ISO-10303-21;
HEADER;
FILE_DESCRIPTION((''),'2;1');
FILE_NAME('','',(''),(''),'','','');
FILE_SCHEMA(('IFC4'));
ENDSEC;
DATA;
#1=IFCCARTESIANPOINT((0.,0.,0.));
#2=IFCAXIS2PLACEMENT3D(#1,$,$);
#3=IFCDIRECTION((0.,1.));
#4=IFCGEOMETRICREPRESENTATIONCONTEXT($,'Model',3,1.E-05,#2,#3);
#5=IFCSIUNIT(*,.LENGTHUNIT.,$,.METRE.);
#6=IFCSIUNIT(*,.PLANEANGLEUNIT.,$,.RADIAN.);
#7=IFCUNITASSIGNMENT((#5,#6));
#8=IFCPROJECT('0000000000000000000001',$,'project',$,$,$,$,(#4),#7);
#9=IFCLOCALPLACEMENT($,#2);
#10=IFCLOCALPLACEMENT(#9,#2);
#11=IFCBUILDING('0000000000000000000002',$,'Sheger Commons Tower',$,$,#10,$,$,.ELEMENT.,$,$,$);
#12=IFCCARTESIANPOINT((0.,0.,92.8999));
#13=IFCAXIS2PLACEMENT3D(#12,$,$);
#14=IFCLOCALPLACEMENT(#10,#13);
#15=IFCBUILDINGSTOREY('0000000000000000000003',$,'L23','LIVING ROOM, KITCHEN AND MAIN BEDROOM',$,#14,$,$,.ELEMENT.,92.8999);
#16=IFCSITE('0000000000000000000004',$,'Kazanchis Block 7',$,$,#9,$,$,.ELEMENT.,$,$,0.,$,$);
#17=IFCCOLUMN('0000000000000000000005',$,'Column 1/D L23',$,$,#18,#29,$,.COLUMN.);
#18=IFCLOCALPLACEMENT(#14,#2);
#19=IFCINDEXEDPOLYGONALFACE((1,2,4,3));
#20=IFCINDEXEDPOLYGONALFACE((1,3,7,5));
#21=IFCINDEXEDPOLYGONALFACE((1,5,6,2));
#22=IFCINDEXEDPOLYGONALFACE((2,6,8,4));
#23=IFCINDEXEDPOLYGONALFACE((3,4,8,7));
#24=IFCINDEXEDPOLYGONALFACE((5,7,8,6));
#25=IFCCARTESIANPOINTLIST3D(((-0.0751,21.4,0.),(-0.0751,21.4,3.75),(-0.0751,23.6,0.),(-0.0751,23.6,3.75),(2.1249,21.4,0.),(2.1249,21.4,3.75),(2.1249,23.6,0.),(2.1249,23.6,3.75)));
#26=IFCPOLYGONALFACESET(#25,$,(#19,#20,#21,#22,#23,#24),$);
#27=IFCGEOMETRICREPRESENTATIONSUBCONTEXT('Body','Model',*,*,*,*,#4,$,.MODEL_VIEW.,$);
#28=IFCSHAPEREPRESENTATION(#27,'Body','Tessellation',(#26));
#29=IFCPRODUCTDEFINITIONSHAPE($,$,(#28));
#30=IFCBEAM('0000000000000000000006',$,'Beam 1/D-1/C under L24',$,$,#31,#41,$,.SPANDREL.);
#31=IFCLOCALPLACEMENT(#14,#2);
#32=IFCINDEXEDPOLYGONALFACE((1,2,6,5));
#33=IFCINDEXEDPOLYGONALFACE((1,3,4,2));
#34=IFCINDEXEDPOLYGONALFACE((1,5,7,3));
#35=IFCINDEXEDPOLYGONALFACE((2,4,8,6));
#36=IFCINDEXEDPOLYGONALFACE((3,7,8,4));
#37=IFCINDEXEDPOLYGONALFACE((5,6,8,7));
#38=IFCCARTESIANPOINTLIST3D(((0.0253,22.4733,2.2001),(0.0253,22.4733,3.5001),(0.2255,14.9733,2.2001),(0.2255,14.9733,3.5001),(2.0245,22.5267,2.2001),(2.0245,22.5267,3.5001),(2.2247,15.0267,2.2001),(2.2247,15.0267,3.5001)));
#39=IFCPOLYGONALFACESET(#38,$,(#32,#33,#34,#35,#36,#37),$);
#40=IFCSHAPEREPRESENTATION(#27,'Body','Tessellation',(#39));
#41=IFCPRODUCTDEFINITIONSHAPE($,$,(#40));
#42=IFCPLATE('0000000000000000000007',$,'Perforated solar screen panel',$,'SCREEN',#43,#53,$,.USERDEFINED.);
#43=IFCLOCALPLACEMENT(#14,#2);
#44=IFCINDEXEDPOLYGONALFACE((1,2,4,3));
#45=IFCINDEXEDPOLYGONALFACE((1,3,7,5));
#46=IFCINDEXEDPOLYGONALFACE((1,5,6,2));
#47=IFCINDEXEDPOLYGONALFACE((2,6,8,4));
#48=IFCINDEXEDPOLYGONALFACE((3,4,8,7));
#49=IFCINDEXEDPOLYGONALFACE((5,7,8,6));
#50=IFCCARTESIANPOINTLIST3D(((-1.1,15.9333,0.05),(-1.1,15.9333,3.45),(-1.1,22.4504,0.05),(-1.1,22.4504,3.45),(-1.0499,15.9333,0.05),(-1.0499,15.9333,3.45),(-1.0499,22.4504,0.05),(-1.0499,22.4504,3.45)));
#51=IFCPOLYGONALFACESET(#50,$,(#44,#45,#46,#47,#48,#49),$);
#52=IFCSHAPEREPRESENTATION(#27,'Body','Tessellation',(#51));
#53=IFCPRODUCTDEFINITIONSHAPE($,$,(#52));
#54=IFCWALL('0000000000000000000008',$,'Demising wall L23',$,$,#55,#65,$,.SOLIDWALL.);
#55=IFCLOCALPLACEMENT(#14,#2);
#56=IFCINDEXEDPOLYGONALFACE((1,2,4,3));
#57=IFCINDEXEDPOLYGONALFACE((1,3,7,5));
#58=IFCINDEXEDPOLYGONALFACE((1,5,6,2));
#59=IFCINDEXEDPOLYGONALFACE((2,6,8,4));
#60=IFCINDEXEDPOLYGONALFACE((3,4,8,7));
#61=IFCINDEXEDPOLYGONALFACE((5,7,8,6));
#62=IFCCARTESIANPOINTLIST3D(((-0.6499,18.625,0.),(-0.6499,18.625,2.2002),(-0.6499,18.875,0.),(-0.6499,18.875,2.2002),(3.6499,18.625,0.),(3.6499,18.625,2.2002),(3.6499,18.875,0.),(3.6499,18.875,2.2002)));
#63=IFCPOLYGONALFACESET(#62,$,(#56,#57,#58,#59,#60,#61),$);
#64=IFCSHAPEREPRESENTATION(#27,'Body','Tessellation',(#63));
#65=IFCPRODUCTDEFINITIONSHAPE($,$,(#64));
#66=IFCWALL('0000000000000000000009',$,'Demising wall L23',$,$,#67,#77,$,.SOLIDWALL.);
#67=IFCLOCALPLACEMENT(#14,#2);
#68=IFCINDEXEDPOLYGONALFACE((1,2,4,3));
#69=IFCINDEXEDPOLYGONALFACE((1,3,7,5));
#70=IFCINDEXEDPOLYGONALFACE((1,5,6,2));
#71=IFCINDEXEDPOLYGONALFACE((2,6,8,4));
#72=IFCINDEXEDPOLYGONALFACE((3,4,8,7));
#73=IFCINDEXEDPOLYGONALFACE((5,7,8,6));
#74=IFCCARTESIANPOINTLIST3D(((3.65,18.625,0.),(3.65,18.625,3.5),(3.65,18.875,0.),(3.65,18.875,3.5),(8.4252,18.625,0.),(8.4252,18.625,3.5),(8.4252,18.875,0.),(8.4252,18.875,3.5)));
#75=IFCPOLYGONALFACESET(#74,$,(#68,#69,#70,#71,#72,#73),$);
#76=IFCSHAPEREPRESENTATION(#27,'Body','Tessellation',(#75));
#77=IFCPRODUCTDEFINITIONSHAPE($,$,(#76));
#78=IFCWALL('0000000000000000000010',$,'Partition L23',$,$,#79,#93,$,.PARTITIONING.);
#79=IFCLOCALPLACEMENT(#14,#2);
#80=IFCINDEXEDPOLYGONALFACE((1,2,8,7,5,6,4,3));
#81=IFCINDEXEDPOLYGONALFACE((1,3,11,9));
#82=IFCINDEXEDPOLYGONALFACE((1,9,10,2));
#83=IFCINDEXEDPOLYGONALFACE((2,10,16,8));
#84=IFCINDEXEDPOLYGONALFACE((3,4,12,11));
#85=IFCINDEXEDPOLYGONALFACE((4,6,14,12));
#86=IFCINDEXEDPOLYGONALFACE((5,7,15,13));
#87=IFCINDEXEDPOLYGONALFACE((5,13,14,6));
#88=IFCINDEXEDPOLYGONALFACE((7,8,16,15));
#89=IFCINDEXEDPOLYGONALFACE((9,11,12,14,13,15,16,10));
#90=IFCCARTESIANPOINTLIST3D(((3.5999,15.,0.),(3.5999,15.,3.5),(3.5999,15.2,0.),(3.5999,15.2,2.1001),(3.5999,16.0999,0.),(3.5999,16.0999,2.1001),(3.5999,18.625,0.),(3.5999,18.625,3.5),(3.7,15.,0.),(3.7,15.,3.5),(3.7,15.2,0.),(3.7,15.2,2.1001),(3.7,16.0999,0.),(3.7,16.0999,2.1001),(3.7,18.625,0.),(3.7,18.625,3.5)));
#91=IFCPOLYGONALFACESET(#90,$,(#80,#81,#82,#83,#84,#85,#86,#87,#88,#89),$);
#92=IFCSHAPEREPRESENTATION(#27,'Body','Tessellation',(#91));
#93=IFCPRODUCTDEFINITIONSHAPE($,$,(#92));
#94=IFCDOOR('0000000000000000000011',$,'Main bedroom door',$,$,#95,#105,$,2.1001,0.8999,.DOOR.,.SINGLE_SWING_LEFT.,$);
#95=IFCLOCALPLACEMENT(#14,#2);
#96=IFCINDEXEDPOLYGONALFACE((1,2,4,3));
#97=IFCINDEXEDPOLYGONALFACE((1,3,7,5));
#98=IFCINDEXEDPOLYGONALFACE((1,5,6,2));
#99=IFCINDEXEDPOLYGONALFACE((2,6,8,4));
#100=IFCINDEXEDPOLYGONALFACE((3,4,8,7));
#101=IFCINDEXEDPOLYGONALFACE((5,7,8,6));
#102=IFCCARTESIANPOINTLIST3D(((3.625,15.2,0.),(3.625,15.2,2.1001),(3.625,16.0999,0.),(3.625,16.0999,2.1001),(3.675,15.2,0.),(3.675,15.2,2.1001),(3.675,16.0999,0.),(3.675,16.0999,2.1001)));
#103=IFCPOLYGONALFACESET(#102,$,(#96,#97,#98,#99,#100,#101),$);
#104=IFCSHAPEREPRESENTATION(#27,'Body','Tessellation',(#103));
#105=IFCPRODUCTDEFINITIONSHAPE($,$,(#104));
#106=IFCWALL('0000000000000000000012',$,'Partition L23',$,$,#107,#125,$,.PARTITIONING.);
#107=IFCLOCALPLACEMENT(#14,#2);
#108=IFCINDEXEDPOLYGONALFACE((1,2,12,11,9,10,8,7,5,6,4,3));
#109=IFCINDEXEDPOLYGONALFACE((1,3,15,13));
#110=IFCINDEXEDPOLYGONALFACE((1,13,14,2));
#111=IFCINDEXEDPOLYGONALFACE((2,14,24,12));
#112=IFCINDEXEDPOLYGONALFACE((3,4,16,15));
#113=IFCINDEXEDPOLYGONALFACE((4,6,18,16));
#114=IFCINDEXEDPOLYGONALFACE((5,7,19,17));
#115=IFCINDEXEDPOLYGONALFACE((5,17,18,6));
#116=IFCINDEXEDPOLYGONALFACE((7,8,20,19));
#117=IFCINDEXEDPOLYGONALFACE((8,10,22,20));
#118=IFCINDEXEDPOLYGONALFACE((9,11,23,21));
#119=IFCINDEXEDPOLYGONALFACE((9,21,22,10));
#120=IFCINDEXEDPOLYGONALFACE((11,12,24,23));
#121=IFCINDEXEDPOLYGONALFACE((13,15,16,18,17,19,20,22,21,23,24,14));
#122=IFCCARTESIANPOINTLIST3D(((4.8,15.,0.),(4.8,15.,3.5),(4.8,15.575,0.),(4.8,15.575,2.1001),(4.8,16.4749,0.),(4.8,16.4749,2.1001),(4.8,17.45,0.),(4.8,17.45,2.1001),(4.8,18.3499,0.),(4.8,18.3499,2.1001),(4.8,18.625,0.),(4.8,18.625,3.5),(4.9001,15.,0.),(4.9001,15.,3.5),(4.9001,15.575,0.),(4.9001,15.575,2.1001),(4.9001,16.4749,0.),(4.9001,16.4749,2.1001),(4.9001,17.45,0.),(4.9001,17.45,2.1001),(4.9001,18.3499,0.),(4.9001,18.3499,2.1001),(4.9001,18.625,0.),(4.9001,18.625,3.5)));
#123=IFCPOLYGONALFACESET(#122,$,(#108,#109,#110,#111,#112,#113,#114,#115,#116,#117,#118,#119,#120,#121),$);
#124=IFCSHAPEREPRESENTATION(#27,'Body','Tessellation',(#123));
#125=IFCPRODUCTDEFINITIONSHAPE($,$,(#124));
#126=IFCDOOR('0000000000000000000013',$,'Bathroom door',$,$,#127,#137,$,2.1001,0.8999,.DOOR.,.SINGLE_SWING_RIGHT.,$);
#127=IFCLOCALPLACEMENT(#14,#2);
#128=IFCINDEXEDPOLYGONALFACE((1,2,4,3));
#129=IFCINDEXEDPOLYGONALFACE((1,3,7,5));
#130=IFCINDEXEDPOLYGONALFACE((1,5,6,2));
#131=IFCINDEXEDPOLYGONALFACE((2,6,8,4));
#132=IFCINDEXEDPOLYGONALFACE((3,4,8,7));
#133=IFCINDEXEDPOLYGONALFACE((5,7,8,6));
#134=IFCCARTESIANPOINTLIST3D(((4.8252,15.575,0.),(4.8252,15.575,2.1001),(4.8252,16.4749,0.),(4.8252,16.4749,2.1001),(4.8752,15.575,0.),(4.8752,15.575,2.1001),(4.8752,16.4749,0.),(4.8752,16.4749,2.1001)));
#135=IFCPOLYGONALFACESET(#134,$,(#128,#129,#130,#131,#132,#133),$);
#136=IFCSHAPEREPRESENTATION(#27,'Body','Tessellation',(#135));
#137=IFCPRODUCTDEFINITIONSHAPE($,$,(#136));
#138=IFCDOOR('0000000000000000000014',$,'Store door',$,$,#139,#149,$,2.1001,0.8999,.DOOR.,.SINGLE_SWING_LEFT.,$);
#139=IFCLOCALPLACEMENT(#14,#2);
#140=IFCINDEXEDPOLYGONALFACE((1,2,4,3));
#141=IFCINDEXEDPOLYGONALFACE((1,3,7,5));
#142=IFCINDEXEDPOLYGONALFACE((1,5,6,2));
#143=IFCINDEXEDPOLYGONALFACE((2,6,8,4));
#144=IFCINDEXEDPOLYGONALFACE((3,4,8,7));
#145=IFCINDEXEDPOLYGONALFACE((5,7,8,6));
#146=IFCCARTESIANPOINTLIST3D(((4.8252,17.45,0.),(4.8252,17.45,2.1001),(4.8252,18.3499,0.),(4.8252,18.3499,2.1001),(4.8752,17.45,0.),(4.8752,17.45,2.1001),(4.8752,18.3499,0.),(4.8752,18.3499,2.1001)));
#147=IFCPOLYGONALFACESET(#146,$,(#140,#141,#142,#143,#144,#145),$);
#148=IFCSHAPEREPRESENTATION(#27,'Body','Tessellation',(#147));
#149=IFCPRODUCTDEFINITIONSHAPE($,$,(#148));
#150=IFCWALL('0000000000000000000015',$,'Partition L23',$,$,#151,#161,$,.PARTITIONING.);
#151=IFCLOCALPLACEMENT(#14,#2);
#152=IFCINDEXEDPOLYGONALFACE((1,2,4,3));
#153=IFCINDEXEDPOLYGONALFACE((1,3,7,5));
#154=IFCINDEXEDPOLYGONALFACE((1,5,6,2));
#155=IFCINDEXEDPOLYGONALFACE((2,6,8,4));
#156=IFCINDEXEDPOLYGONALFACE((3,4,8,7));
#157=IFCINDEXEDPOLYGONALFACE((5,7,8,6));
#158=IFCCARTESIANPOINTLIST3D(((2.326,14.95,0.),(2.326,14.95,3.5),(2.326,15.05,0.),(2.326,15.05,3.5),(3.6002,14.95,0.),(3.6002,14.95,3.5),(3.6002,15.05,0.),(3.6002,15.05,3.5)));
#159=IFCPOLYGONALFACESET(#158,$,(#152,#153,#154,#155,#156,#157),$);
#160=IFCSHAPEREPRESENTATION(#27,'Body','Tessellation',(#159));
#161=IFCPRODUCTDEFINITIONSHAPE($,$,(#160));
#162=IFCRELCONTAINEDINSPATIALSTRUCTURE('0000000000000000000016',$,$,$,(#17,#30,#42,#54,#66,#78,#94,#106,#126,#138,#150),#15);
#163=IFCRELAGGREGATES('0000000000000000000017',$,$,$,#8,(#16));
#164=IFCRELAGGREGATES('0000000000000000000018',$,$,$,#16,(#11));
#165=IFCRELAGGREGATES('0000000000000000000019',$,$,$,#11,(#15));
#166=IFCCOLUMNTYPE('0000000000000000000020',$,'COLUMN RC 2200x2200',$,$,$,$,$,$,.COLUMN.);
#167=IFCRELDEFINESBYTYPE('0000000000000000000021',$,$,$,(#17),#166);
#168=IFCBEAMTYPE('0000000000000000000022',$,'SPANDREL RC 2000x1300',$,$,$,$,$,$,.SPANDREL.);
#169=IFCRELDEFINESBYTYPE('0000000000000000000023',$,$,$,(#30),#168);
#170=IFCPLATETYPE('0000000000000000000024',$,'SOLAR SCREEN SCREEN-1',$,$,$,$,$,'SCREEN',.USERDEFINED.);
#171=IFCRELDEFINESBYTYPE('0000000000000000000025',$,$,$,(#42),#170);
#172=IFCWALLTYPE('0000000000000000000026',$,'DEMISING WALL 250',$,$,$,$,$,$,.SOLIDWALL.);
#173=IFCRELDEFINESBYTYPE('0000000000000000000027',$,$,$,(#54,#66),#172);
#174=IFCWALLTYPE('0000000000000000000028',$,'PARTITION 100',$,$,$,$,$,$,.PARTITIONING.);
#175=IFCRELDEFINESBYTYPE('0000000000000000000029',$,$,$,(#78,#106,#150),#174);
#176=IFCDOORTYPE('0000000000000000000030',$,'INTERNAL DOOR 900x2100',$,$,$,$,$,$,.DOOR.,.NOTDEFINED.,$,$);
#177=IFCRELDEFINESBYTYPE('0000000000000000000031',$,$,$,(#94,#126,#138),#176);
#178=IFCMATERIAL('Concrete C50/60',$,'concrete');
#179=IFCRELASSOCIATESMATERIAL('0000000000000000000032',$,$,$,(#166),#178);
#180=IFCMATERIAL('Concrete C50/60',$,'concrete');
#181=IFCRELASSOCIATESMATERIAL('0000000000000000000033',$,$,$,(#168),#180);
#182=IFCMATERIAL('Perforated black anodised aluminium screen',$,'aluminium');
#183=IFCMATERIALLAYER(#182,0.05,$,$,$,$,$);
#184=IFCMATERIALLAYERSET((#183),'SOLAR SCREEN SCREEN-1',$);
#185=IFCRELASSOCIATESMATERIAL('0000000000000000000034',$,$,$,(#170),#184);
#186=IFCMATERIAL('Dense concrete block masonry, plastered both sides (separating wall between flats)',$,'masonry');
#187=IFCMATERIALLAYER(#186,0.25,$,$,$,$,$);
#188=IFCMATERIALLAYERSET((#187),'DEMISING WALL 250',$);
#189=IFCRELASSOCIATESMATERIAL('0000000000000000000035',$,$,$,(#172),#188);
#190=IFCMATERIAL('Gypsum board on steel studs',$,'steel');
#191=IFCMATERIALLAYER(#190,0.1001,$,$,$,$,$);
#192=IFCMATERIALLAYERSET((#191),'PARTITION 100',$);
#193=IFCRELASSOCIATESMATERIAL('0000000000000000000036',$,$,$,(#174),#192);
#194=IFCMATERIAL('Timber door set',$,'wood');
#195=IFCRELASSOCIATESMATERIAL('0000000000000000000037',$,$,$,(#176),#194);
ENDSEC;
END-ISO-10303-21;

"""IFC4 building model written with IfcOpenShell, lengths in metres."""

from ifc_helpers import new_model, si_unit, direction, frame, frame_2d, origin, origin_2d, place, context, subcontext, project, spatial, rectangle, extrude, material, layer, layer_set, material_profile, profile_set, type_object, element, fill, save


model = new_model("IFC4")

# Units and contexts
model_context = context("Model", 3, precision=1e-05, world=origin(), true_north=direction((0.0, 1.0)))
body_context = subcontext(model_context, "Body", "Model", "MODEL_VIEW")
ifc_project = project(units=[si_unit("LENGTHUNIT", "METRE"), si_unit("PLANEANGLEUNIT", "RADIAN")], contexts=[model_context])

# Site, building, storey
site_placement = place(None, origin())
site = spatial("IfcSite", under=ifc_project, at=site_placement, Name="Kazanchis Block 7", CompositionType="ELEMENT", RefElevation=0.0)
building_placement = place(site_placement, origin())
building = spatial("IfcBuilding", under=site, at=building_placement, Name="Sheger Commons Tower", CompositionType="ELEMENT")
storey_placement = place(building_placement, frame((0.0, 0.0, 92.8999)))
storey = spatial("IfcBuildingStorey", under=building, at=storey_placement, Name="L23", Description="LIVING ROOM, KITCHEN AND MAIN BEDROOM", CompositionType="ELEMENT", Elevation=92.8999)

# Column
ifc_material_1 = material(Name="Concrete C50/60", Category="concrete")
ifc_material_profile_1 = material_profile(ifc_material_1, rectangle(XDim=2.2, YDim=2.2, at=origin_2d()), Name="RC 2200x2200")
ifc_profile_set_1 = profile_set([ifc_material_profile_1], Name="Concrete C50/60")
column_type = type_object("IfcColumnType", Name="COLUMN RC 2200x2200", PredefinedType="COLUMN", material=ifc_profile_set_1)
column_placement = place(storey_placement, frame((1.0249, 22.5, 0.0), z_axis=(0.0, 0.0, 1.0), x_axis=(1.0, 0.0, 0.0)))
element("IfcColumn", 1, at=column_placement, inside=storey, type_object=column_type, Name="Column 1/D L23", PredefinedType="COLUMN", context=body_context, shape_type="SweptSolid", body=[
    extrude(rectangle(XDim=2.2, YDim=2.2, at=origin_2d()), origin(), (0.0, 0.0, 1.0), 3.75),
])

# Beam
ifc_material_2 = material(Name="Concrete C50/60", Category="concrete")
ifc_material_profile_2 = material_profile(ifc_material_2, rectangle(XDim=2.0, YDim=1.3, at=origin_2d()), Name="RC 2000x1300")
ifc_profile_set_2 = profile_set([ifc_material_profile_2], Name="Concrete C50/60")
beam_type = type_object("IfcBeamType", Name="SPANDREL RC 2000x1300", PredefinedType="SPANDREL", material=ifc_profile_set_2)
beam_placement = place(storey_placement, frame((1.0249, 22.5, 2.8501), z_axis=(0.026683, -0.999644, 0.0), x_axis=(0.999644, 0.026683, 0.0)))
element("IfcBeam", 2, at=beam_placement, inside=storey, type_object=beam_type, Name="Beam 1/D-1/C under L24", PredefinedType="SPANDREL", context=body_context, shape_type="SweptSolid", body=[
    extrude(rectangle(XDim=2.0, YDim=1.3, at=origin_2d()), origin(), (0.0, 0.0, 1.0), 7.5027),
])

# Plate
ifc_material_3 = material(Name="Perforated black anodised aluminium screen", Category="aluminium")
ifc_layer_1 = layer(ifc_material_3, 0.05)
ifc_layer_set_1 = layer_set([ifc_layer_1], Name="SOLAR SCREEN SCREEN-1")
plate_type = type_object("IfcPlateType", Name="SOLAR SCREEN SCREEN-1", ElementType="SCREEN", PredefinedType="USERDEFINED", material=ifc_layer_set_1)
plate_placement = place(storey_placement, frame((-1.075, 19.1919, 0.05), z_axis=(0.0, 0.0, 1.0), x_axis=(0.0, -1.0, 0.0)))
element("IfcPlate", 3, at=plate_placement, inside=storey, type_object=plate_type, Name="Perforated solar screen panel", ObjectType="SCREEN", PredefinedType="USERDEFINED", context=body_context, shape_type="SweptSolid", body=[
    extrude(rectangle(XDim=6.5171, YDim=0.05, at=origin_2d()), origin(), (0.0, 0.0, 1.0), 3.3999),
])

# Walls
ifc_material_4 = material(Name="Dense concrete block masonry, plastered both sides (separating wall between flats)", Category="masonry")
ifc_layer_2 = layer(ifc_material_4, 0.25)
ifc_layer_set_2 = layer_set([ifc_layer_2], Name="DEMISING WALL 250")
wall_type_1 = type_object("IfcWallType", Name="DEMISING WALL 250", PredefinedType="SOLIDWALL", material=ifc_layer_set_2)
wall_1_placement = place(storey_placement, frame((-0.6499, 18.75, 0.0), z_axis=(0.0, 0.0, 1.0), x_axis=(1.0, 0.0, 0.0)))
element("IfcWall", 4, at=wall_1_placement, inside=storey, type_object=wall_type_1, Name="Demising wall L23", PredefinedType="SOLIDWALL", context=body_context, shape_type="SweptSolid", body=[
    extrude(rectangle(XDim=4.2998, YDim=0.25, at=frame_2d((2.1499, 0.0))), origin(), (0.0, 0.0, 1.0), 2.2002),
])
wall_2_placement = place(storey_placement, frame((3.6499, 18.75, 0.0), z_axis=(0.0, 0.0, 1.0), x_axis=(1.0, 0.0, 0.0)))
element("IfcWall", 5, at=wall_2_placement, inside=storey, type_object=wall_type_1, Name="Demising wall L23", PredefinedType="SOLIDWALL", context=body_context, shape_type="SweptSolid", body=[
    extrude(rectangle(XDim=4.7751, YDim=0.25, at=frame_2d((2.3877, 0.0))), origin(), (0.0, 0.0, 1.0), 3.5),
])

# Wall, opening, door
ifc_material_5 = material(Name="Gypsum board on steel studs", Category="steel")
ifc_layer_3 = layer(ifc_material_5, 0.1001)
ifc_layer_set_3 = layer_set([ifc_layer_3], Name="PARTITION 100")
wall_type_2 = type_object("IfcWallType", Name="PARTITION 100", PredefinedType="PARTITIONING", material=ifc_layer_set_3)
wall_3_placement = place(storey_placement, frame((3.6499, 15.0, 0.0), z_axis=(0.0, 0.0, 1.0), x_axis=(0.0, 1.0, 0.0)))
wall_3 = element("IfcWall", 6, at=wall_3_placement, inside=storey, type_object=wall_type_2, Name="Partition L23", PredefinedType="PARTITIONING", context=body_context, shape_type="SweptSolid", body=[
    extrude(rectangle(XDim=3.625, YDim=0.1001, at=frame_2d((1.8125, 0.0))), origin(), (0.0, 0.0, 1.0), 3.5),
])
opening_1_placement = place(wall_3_placement, frame((0.2, 0.0, 0.0)))
opening_1 = element("IfcOpeningElement", 7, at=opening_1_placement, cuts=wall_3, PredefinedType="OPENING", context=body_context, shape_type="SweptSolid", body=[
    extrude(rectangle(XDim=0.8999, YDim=2.1001, at=frame_2d((0.45, 1.05))), frame((0.0, 0.0601, 0.0), z_axis=(0.0, -1.0, 0.0), x_axis=(1.0, 0.0, 0.0)), (0.0, 0.0, 1.0), 0.1201),
])
ifc_material_6 = material(Name="Timber door set", Category="wood")
door_type = type_object("IfcDoorType", Name="INTERNAL DOOR 900x2100", OperationType="NOTDEFINED", PredefinedType="DOOR", material=ifc_material_6)
door_1_placement = place(opening_1_placement, origin())
door_1 = element("IfcDoor", 8, at=door_1_placement, inside=storey, type_object=door_type, Name="Main bedroom door", OperationType="SINGLE_SWING_LEFT", OverallHeight=2.1001, OverallWidth=0.8999, PredefinedType="DOOR", context=body_context, shape_type="SweptSolid", body=[
    extrude(rectangle(XDim=0.8999, YDim=2.1001, at=frame_2d((0.45, 1.05))), frame((0.0, 0.0249, 0.0), z_axis=(0.0, -1.0, 0.0), x_axis=(1.0, 0.0, 0.0)), (0.0, 0.0, 1.0), 0.05),
])
fill(opening_1, door_1)

# Wall, openings, doors
wall_4_placement = place(storey_placement, frame((4.8501, 15.0, 0.0), z_axis=(0.0, 0.0, 1.0), x_axis=(0.0, 1.0, 0.0)))
wall_4 = element("IfcWall", 9, at=wall_4_placement, inside=storey, type_object=wall_type_2, Name="Partition L23", PredefinedType="PARTITIONING", context=body_context, shape_type="SweptSolid", body=[
    extrude(rectangle(XDim=3.625, YDim=0.1001, at=frame_2d((1.8125, 0.0))), origin(), (0.0, 0.0, 1.0), 3.5),
])
opening_2_placement = place(wall_4_placement, frame((0.575, 0.0, 0.0)))
opening_2 = element("IfcOpeningElement", 10, at=opening_2_placement, cuts=wall_4, PredefinedType="OPENING", context=body_context, shape_type="SweptSolid", body=[
    extrude(rectangle(XDim=0.8999, YDim=2.1001, at=frame_2d((0.45, 1.05))), frame((0.0, 0.0601, 0.0), z_axis=(0.0, -1.0, 0.0), x_axis=(1.0, 0.0, 0.0)), (0.0, 0.0, 1.0), 0.1201),
])
opening_3_placement = place(wall_4_placement, frame((2.45, 0.0, 0.0)))
opening_3 = element("IfcOpeningElement", 11, at=opening_3_placement, cuts=wall_4, PredefinedType="OPENING", context=body_context, shape_type="SweptSolid", body=[
    extrude(rectangle(XDim=0.8999, YDim=2.1001, at=frame_2d((0.45, 1.05))), frame((0.0, 0.0601, 0.0), z_axis=(0.0, -1.0, 0.0), x_axis=(1.0, 0.0, 0.0)), (0.0, 0.0, 1.0), 0.1201),
])
door_2_placement = place(opening_2_placement, origin())
door_2 = element("IfcDoor", 12, at=door_2_placement, inside=storey, type_object=door_type, Name="Bathroom door", OperationType="SINGLE_SWING_RIGHT", OverallHeight=2.1001, OverallWidth=0.8999, PredefinedType="DOOR", context=body_context, shape_type="SweptSolid", body=[
    extrude(rectangle(XDim=0.8999, YDim=2.1001, at=frame_2d((0.45, 1.05))), frame((0.0, 0.0249, 0.0), z_axis=(0.0, -1.0, 0.0), x_axis=(1.0, 0.0, 0.0)), (0.0, 0.0, 1.0), 0.05),
])
fill(opening_2, door_2)
door_3_placement = place(opening_3_placement, origin())
door_3 = element("IfcDoor", 13, at=door_3_placement, inside=storey, type_object=door_type, Name="Store door", OperationType="SINGLE_SWING_LEFT", OverallHeight=2.1001, OverallWidth=0.8999, PredefinedType="DOOR", context=body_context, shape_type="SweptSolid", body=[
    extrude(rectangle(XDim=0.8999, YDim=2.1001, at=frame_2d((0.45, 1.05))), frame((0.0, 0.0249, 0.0), z_axis=(0.0, -1.0, 0.0), x_axis=(1.0, 0.0, 0.0)), (0.0, 0.0, 1.0), 0.05),
])
fill(opening_3, door_3)

# Wall
wall_5_placement = place(storey_placement, frame((2.3259, 15.0, 0.0), z_axis=(0.0, 0.0, 1.0), x_axis=(1.0, 0.0, 0.0)))
element("IfcWall", 14, at=wall_5_placement, inside=storey, type_object=wall_type_2, Name="Partition L23", PredefinedType="PARTITIONING", context=body_context, shape_type="SweptSolid", body=[
    extrude(rectangle(XDim=1.2742, YDim=0.1001, at=frame_2d((0.6372, 0.0))), origin(), (0.0, 0.0, 1.0), 3.5),
])

save(model, "model.ifc")
